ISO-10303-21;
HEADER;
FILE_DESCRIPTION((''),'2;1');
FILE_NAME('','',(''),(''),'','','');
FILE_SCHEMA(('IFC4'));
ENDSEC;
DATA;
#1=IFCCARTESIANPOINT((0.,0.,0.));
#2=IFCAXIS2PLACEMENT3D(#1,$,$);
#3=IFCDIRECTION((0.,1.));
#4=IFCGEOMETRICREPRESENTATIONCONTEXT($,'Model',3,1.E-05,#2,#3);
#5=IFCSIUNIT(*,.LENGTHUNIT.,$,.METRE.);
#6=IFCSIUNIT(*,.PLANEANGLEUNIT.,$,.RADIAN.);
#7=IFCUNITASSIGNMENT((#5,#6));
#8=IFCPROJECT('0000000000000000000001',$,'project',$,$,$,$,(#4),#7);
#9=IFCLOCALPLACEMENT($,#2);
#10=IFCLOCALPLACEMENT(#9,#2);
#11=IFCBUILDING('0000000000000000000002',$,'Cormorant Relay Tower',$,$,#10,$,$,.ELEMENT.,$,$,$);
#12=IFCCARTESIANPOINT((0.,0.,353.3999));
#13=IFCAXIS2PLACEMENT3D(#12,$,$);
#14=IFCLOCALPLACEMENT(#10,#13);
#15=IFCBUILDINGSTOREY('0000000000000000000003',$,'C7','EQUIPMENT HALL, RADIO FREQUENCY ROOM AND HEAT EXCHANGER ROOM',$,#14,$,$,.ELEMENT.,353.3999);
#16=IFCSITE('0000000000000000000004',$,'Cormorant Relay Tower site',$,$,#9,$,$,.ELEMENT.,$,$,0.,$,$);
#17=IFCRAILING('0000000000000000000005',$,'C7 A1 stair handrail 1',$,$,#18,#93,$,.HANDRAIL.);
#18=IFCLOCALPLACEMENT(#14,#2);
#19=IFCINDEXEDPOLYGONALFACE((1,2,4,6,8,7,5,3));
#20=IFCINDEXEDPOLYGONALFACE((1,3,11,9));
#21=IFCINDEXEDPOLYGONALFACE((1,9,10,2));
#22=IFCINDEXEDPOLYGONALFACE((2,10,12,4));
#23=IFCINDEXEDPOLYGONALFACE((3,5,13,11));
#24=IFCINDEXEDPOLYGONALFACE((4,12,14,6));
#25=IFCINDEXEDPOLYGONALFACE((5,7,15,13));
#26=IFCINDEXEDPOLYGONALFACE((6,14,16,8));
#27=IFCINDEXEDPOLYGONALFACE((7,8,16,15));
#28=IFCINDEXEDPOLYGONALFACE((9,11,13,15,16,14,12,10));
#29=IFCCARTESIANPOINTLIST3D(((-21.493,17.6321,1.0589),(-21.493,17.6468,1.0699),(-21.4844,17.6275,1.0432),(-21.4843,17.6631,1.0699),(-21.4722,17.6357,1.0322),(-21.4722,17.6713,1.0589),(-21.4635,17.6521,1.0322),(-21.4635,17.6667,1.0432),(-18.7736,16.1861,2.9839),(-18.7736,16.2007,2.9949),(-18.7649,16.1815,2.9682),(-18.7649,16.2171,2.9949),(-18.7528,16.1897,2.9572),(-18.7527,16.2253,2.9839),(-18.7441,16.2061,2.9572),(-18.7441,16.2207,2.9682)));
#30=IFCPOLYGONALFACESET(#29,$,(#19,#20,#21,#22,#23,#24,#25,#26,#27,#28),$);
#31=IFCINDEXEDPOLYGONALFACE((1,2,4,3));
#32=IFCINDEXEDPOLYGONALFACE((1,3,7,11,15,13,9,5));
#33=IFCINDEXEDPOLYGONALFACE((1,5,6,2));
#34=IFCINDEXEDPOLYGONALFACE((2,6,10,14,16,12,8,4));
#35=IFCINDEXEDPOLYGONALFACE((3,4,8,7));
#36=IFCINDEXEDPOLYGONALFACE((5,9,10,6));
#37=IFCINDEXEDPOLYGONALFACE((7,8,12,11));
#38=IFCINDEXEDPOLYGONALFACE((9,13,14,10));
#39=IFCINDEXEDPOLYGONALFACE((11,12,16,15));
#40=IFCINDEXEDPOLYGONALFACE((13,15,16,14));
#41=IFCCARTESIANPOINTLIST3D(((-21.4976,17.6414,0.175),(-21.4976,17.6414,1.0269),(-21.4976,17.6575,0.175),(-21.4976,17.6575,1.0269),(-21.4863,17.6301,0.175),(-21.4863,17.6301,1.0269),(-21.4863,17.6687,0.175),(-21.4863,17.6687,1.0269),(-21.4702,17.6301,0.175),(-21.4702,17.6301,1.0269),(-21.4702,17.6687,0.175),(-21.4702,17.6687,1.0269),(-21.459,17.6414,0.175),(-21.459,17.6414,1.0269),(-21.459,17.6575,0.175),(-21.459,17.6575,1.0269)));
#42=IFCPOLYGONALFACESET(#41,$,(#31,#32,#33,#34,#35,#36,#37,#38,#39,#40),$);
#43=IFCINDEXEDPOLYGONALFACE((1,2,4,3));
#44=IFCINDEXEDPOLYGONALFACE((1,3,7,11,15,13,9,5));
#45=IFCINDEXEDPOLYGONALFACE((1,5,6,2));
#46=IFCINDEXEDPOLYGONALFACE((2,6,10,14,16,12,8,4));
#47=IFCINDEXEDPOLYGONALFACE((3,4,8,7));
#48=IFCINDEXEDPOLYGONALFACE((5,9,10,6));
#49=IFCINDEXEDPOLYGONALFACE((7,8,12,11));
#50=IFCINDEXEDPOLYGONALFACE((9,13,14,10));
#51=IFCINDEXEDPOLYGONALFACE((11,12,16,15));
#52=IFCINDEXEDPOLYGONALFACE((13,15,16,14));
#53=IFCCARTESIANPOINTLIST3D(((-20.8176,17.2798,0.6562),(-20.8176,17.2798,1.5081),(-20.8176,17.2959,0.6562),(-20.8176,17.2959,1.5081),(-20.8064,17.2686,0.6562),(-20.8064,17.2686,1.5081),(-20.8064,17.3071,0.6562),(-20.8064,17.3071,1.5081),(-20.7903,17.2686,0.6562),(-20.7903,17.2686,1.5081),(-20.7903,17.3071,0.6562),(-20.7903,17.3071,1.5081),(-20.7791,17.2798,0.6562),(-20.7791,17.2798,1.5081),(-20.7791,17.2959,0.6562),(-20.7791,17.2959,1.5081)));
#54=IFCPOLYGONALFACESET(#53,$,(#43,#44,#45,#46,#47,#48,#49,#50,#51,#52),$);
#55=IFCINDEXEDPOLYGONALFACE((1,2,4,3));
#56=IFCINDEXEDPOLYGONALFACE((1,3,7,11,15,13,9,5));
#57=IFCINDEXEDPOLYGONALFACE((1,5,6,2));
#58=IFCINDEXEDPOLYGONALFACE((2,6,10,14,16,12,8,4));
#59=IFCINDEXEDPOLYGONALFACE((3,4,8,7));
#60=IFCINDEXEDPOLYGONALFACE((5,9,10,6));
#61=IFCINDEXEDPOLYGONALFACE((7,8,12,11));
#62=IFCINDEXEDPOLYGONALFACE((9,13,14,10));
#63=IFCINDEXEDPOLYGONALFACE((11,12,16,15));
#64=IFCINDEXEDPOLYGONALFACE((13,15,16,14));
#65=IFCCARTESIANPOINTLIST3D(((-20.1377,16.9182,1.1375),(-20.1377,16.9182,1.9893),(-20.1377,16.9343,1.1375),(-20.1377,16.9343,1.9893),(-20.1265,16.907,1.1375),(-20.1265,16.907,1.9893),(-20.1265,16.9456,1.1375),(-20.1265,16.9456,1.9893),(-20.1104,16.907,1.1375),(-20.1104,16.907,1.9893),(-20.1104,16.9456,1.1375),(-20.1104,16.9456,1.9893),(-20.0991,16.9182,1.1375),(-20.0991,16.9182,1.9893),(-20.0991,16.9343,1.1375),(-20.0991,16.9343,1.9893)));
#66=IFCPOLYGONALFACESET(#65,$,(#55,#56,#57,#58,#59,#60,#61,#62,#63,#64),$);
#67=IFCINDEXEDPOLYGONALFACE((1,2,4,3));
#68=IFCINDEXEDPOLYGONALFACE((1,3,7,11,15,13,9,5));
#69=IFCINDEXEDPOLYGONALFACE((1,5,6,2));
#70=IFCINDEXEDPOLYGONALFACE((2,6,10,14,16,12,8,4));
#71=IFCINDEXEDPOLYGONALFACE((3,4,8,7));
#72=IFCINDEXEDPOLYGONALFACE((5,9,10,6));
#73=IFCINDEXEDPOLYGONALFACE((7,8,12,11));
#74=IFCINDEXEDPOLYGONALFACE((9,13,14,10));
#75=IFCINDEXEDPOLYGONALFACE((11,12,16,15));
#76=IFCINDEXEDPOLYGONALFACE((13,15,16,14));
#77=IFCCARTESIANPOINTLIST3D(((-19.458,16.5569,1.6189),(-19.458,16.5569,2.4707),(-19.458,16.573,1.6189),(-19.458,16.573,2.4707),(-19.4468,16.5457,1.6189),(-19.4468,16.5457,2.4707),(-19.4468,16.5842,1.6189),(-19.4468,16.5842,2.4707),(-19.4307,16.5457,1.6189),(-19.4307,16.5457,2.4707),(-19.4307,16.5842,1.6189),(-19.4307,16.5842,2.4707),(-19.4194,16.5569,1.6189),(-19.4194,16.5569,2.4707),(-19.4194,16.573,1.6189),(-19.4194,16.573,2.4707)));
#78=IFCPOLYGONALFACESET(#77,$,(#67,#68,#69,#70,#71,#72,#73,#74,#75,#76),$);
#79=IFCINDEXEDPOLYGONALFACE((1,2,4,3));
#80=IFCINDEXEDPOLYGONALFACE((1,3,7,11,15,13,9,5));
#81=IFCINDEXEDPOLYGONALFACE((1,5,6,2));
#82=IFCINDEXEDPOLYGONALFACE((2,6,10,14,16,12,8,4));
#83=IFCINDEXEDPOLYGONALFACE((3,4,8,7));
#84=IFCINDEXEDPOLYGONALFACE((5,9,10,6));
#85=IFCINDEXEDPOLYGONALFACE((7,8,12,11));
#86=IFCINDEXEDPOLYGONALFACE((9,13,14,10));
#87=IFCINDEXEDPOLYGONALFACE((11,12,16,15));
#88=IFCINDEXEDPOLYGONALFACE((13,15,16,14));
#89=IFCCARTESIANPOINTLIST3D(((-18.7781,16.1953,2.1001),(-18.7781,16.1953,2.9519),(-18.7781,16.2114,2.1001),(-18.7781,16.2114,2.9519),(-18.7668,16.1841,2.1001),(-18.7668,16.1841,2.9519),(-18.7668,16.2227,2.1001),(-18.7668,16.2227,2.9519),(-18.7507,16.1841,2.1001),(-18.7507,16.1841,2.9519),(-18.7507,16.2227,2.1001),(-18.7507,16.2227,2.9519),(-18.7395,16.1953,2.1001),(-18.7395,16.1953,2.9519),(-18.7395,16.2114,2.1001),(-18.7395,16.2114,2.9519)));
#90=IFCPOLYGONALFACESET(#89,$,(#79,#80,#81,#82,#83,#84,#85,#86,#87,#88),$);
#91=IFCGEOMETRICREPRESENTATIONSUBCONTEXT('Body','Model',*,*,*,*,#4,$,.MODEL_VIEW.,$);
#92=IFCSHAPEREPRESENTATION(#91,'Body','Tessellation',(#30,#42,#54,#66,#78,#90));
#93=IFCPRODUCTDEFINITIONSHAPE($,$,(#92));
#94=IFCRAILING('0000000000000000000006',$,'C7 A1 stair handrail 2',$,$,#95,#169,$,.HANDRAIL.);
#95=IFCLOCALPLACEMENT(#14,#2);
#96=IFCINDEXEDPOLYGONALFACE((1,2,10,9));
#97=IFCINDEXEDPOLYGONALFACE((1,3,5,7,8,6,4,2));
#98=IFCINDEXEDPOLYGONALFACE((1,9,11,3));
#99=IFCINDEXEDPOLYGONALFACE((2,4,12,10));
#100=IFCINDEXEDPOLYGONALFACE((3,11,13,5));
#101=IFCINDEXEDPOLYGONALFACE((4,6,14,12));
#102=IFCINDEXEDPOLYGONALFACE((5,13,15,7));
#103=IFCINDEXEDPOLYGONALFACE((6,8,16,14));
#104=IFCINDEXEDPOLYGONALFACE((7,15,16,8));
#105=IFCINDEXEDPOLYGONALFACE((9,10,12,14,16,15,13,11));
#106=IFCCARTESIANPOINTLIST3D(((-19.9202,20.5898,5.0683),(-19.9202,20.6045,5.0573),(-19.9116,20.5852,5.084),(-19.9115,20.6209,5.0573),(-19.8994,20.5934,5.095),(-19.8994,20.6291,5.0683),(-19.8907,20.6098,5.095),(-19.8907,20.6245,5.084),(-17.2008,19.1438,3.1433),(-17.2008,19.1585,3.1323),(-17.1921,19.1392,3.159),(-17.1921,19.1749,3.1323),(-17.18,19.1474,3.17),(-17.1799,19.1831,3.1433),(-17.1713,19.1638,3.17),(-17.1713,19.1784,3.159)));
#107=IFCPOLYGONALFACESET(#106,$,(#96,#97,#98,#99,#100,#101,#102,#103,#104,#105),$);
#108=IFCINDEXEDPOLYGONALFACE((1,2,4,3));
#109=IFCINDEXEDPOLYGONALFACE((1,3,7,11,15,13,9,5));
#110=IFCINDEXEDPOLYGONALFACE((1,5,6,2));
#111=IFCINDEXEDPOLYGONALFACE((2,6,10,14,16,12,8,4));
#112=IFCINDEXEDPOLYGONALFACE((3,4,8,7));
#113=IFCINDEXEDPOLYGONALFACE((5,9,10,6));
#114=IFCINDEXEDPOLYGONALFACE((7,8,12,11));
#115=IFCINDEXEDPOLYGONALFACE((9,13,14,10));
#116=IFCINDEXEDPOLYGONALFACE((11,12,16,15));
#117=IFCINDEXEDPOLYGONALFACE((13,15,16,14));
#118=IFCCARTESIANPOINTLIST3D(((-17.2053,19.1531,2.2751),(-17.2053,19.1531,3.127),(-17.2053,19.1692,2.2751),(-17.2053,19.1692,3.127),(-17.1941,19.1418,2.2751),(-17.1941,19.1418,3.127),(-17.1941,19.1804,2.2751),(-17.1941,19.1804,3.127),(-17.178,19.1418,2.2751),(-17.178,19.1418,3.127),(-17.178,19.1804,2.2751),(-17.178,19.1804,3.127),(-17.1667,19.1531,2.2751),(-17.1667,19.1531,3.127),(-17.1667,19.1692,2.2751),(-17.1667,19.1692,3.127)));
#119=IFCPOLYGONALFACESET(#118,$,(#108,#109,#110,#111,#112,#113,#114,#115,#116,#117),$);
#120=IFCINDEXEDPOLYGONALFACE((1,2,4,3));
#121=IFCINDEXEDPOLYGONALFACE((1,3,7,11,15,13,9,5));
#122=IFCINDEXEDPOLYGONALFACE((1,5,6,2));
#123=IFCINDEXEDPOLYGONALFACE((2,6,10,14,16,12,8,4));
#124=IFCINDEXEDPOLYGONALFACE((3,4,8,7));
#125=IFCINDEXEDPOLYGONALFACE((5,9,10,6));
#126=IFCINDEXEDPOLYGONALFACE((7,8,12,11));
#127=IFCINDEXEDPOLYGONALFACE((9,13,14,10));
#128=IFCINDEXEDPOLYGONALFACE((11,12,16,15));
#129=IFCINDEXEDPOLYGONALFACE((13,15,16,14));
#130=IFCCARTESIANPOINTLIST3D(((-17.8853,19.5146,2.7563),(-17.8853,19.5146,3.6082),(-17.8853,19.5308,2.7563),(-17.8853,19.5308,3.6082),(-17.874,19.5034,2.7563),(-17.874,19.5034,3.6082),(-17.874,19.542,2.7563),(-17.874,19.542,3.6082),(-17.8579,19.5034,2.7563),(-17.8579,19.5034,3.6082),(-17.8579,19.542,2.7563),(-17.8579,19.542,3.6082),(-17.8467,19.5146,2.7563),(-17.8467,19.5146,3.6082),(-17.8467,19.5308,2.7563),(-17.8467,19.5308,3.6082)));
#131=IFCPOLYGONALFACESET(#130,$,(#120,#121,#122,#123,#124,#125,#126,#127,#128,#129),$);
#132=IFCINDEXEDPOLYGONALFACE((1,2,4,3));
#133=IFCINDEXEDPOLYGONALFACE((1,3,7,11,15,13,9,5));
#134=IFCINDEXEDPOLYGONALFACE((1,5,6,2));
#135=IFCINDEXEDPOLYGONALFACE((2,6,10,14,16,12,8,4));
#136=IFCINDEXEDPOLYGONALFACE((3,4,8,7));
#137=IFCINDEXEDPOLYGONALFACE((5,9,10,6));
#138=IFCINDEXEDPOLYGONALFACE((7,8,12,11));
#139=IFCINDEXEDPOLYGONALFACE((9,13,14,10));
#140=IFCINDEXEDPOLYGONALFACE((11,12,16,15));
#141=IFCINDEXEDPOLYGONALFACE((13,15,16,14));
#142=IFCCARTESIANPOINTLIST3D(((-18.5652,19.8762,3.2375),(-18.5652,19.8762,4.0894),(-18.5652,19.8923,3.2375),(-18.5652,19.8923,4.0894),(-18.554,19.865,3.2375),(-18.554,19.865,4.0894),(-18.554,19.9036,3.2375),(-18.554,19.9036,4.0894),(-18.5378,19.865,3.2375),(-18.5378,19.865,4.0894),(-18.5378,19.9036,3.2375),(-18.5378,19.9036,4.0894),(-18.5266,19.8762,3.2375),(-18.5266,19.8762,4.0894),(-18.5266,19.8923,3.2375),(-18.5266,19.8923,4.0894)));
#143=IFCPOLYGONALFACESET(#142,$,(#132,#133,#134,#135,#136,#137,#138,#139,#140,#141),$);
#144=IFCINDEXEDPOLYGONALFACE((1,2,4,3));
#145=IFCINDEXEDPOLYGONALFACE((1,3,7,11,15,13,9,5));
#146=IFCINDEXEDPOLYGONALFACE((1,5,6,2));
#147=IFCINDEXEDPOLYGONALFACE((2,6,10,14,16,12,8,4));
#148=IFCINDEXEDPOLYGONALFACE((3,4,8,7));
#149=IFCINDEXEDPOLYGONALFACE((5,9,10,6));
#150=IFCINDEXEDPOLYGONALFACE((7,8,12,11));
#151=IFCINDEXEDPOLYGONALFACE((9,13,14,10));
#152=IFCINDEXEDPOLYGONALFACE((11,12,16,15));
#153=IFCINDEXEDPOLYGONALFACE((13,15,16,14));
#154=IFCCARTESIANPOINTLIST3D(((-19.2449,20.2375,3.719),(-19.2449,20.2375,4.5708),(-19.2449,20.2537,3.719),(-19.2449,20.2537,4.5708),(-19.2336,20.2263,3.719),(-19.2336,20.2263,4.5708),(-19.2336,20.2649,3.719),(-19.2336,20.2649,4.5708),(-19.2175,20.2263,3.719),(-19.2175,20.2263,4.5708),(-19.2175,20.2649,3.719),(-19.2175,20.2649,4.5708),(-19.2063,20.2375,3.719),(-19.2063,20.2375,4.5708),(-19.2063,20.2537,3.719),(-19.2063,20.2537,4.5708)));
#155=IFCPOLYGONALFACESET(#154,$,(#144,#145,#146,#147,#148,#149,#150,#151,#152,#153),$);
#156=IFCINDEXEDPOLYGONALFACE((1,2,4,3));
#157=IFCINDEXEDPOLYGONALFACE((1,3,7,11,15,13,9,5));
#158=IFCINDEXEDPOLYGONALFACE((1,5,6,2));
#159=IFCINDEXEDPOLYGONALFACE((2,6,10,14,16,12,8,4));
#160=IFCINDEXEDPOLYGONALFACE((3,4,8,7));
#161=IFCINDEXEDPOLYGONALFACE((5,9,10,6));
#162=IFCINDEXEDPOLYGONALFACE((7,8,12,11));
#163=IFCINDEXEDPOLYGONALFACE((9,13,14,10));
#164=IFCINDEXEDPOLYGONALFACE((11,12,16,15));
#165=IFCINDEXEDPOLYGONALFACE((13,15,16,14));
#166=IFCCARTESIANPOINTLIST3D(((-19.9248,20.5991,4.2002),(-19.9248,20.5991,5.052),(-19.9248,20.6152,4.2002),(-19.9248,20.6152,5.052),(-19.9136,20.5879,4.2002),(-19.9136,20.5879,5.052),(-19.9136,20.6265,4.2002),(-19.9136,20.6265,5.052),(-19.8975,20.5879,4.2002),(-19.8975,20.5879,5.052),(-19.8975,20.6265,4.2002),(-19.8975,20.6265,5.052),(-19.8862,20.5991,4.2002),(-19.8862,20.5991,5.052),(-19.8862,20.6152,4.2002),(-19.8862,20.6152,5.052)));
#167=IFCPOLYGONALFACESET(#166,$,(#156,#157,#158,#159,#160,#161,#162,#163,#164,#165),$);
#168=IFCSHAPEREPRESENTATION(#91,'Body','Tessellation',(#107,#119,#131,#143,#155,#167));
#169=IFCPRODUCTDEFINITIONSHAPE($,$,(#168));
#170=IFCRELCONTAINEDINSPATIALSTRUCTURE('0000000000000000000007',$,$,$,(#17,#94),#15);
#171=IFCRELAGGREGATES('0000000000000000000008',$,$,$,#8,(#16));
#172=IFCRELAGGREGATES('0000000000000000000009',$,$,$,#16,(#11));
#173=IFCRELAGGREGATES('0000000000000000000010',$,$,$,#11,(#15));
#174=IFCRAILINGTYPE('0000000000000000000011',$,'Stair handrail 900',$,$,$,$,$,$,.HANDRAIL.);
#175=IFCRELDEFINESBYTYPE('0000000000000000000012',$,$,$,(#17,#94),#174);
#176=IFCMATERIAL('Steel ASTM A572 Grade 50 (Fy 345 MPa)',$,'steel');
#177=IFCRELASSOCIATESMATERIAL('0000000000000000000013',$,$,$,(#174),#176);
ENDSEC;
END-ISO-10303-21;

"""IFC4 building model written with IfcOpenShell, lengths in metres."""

from ifc_helpers import new_model, si_unit, direction, frame, origin, place, context, subcontext, project, spatial, polyline, outline, extrude, material, type_object, element, save


model = new_model("IFC4")

# Units and contexts
model_context = context("Model", 3, precision=1e-05, world=origin(), true_north=direction((0.0, 1.0)))
body_context = subcontext(model_context, "Body", "Model", "MODEL_VIEW")
ifc_project = project(units=[si_unit("LENGTHUNIT", "METRE"), si_unit("PLANEANGLEUNIT", "RADIAN")], contexts=[model_context])

# Site, building, storey
site_placement = place(None, origin())
site = spatial("IfcSite", under=ifc_project, at=site_placement, Name="Cormorant Relay Tower site", CompositionType="ELEMENT", RefElevation=0.0)
building_placement = place(site_placement, origin())
building = spatial("IfcBuilding", under=site, at=building_placement, Name="Cormorant Relay Tower", CompositionType="ELEMENT")
storey_placement = place(building_placement, frame((0.0, 0.0, 353.3999)))
storey = spatial("IfcBuildingStorey", under=building, at=storey_placement, Name="C7", Description="EQUIPMENT HALL, RADIO FREQUENCY ROOM AND HEAT EXCHANGER ROOM", CompositionType="ELEMENT", Elevation=353.3999)

# Railings
ifc_material_1 = material(Name="Steel ASTM A572 Grade 50 (Fy 345 MPa)", Category="steel")
railing_type_1 = type_object("IfcRailingType", Name="Stair handrail 900", PredefinedType="HANDRAIL", material=ifc_material_1)
railing_1_placement = place(storey_placement, frame((-21.4783, 17.6494, 0.175)))
element("IfcRailing", 1, at=railing_1_placement, inside=storey, type_object=railing_type_1, Name="C7 A1 stair handrail 1", PredefinedType="HANDRAIL", context=body_context, shape_type="SweptSolid", body=[
    extrude(outline(polyline([(0.0222, 0.0093), (0.0093, 0.0222), (-0.0093, 0.0222), (-0.0222, 0.0093), (-0.0222, -0.0093), (-0.0093, -0.0222), (0.0093, -0.0222), (0.0222, -0.0093), (0.0222, 0.0093)])), frame((0.0, 0.0, 0.876), z_axis=(0.748727, -0.398125, 0.530004), x_axis=(0.469489, 0.882938, 0.0)), (0.0, 0.0, 1.0), 3.6321),
    extrude(outline(polyline([(0.0193, 0.0081), (0.0081, 0.0193), (-0.0081, 0.0193), (-0.0193, 0.0081), (-0.0193, -0.0081), (-0.0081, -0.0193), (0.0081, -0.0193), (0.0193, -0.0081), (0.0193, 0.0081)])), origin(), (0.0, 0.0, 1.0), 0.8518),
    extrude(outline(polyline([(0.0193, 0.0081), (0.0081, 0.0193), (-0.0081, 0.0193), (-0.0193, 0.0081), (-0.0193, -0.0081), (-0.0081, -0.0193), (0.0081, -0.0193), (0.0193, -0.0081), (0.0193, 0.0081)])), frame((0.6799, -0.3616, 0.4812)), (0.0, 0.0, 1.0), 0.8518),
    extrude(outline(polyline([(0.0193, 0.0081), (0.0081, 0.0193), (-0.0081, 0.0193), (-0.0193, 0.0081), (-0.0193, -0.0081), (-0.0081, -0.0193), (0.0081, -0.0193), (0.0193, -0.0081), (0.0193, 0.0081)])), frame((1.3599, -0.7231, 0.9624)), (0.0, 0.0, 1.0), 0.8518),
    extrude(outline(polyline([(0.0193, 0.0081), (0.0081, 0.0193), (-0.0081, 0.0193), (-0.0193, 0.0081), (-0.0193, -0.0081), (-0.0081, -0.0193), (0.0081, -0.0193), (0.0193, -0.0081), (0.0193, 0.0081)])), frame((2.0396, -1.0845, 1.4438)), (0.0, 0.0, 1.0), 0.8518),
    extrude(outline(polyline([(0.0193, 0.0081), (0.0081, 0.0193), (-0.0081, 0.0193), (-0.0193, 0.0081), (-0.0193, -0.0081), (-0.0081, -0.0193), (0.0081, -0.0193), (0.0193, -0.0081), (0.0193, 0.0081)])), frame((2.7195, -1.446, 1.925)), (0.0, 0.0, 1.0), 0.8518),
])
railing_2_placement = place(storey_placement, frame((-17.186, 19.1611, 2.2751)))
element("IfcRailing", 2, at=railing_2_placement, inside=storey, type_object=railing_type_1, Name="C7 A1 stair handrail 2", PredefinedType="HANDRAIL", context=body_context, shape_type="SweptSolid", body=[
    extrude(outline(polyline([(0.0222, 0.0093), (0.0093, 0.0222), (-0.0093, 0.0222), (-0.0222, 0.0093), (-0.0222, -0.0093), (-0.0093, -0.0222), (0.0093, -0.0222), (0.0222, -0.0093), (0.0222, 0.0093)])), frame((0.0, 0.0, 0.876), z_axis=(-0.748727, 0.398125, 0.530004), x_axis=(-0.469489, -0.882938, 0.0)), (0.0, 0.0, 1.0), 3.6321),
    extrude(outline(polyline([(0.0193, 0.0081), (0.0081, 0.0193), (-0.0081, 0.0193), (-0.0193, 0.0081), (-0.0193, -0.0081), (-0.0081, -0.0193), (0.0081, -0.0193), (0.0193, -0.0081), (0.0193, 0.0081)])), origin(), (0.0, 0.0, 1.0), 0.8518),
    extrude(outline(polyline([(0.0193, 0.0081), (0.0081, 0.0193), (-0.0081, 0.0193), (-0.0193, 0.0081), (-0.0193, -0.0081), (-0.0081, -0.0193), (0.0081, -0.0193), (0.0193, -0.0081), (0.0193, 0.0081)])), frame((-0.6799, 0.3616, 0.4812)), (0.0, 0.0, 1.0), 0.8518),
    extrude(outline(polyline([(0.0193, 0.0081), (0.0081, 0.0193), (-0.0081, 0.0193), (-0.0193, 0.0081), (-0.0193, -0.0081), (-0.0081, -0.0193), (0.0081, -0.0193), (0.0193, -0.0081), (0.0193, 0.0081)])), frame((-1.3599, 0.7231, 0.9624)), (0.0, 0.0, 1.0), 0.8518),
    extrude(outline(polyline([(0.0193, 0.0081), (0.0081, 0.0193), (-0.0081, 0.0193), (-0.0193, 0.0081), (-0.0193, -0.0081), (-0.0081, -0.0193), (0.0081, -0.0193), (0.0193, -0.0081), (0.0193, 0.0081)])), frame((-2.0396, 1.0845, 1.4438)), (0.0, 0.0, 1.0), 0.8518),
    extrude(outline(polyline([(0.0193, 0.0081), (0.0081, 0.0193), (-0.0081, 0.0193), (-0.0193, 0.0081), (-0.0193, -0.0081), (-0.0081, -0.0193), (0.0081, -0.0193), (0.0193, -0.0081), (0.0193, 0.0081)])), frame((-2.7195, 1.446, 1.925)), (0.0, 0.0, 1.0), 0.8518),
])

save(model, "model.ifc")
